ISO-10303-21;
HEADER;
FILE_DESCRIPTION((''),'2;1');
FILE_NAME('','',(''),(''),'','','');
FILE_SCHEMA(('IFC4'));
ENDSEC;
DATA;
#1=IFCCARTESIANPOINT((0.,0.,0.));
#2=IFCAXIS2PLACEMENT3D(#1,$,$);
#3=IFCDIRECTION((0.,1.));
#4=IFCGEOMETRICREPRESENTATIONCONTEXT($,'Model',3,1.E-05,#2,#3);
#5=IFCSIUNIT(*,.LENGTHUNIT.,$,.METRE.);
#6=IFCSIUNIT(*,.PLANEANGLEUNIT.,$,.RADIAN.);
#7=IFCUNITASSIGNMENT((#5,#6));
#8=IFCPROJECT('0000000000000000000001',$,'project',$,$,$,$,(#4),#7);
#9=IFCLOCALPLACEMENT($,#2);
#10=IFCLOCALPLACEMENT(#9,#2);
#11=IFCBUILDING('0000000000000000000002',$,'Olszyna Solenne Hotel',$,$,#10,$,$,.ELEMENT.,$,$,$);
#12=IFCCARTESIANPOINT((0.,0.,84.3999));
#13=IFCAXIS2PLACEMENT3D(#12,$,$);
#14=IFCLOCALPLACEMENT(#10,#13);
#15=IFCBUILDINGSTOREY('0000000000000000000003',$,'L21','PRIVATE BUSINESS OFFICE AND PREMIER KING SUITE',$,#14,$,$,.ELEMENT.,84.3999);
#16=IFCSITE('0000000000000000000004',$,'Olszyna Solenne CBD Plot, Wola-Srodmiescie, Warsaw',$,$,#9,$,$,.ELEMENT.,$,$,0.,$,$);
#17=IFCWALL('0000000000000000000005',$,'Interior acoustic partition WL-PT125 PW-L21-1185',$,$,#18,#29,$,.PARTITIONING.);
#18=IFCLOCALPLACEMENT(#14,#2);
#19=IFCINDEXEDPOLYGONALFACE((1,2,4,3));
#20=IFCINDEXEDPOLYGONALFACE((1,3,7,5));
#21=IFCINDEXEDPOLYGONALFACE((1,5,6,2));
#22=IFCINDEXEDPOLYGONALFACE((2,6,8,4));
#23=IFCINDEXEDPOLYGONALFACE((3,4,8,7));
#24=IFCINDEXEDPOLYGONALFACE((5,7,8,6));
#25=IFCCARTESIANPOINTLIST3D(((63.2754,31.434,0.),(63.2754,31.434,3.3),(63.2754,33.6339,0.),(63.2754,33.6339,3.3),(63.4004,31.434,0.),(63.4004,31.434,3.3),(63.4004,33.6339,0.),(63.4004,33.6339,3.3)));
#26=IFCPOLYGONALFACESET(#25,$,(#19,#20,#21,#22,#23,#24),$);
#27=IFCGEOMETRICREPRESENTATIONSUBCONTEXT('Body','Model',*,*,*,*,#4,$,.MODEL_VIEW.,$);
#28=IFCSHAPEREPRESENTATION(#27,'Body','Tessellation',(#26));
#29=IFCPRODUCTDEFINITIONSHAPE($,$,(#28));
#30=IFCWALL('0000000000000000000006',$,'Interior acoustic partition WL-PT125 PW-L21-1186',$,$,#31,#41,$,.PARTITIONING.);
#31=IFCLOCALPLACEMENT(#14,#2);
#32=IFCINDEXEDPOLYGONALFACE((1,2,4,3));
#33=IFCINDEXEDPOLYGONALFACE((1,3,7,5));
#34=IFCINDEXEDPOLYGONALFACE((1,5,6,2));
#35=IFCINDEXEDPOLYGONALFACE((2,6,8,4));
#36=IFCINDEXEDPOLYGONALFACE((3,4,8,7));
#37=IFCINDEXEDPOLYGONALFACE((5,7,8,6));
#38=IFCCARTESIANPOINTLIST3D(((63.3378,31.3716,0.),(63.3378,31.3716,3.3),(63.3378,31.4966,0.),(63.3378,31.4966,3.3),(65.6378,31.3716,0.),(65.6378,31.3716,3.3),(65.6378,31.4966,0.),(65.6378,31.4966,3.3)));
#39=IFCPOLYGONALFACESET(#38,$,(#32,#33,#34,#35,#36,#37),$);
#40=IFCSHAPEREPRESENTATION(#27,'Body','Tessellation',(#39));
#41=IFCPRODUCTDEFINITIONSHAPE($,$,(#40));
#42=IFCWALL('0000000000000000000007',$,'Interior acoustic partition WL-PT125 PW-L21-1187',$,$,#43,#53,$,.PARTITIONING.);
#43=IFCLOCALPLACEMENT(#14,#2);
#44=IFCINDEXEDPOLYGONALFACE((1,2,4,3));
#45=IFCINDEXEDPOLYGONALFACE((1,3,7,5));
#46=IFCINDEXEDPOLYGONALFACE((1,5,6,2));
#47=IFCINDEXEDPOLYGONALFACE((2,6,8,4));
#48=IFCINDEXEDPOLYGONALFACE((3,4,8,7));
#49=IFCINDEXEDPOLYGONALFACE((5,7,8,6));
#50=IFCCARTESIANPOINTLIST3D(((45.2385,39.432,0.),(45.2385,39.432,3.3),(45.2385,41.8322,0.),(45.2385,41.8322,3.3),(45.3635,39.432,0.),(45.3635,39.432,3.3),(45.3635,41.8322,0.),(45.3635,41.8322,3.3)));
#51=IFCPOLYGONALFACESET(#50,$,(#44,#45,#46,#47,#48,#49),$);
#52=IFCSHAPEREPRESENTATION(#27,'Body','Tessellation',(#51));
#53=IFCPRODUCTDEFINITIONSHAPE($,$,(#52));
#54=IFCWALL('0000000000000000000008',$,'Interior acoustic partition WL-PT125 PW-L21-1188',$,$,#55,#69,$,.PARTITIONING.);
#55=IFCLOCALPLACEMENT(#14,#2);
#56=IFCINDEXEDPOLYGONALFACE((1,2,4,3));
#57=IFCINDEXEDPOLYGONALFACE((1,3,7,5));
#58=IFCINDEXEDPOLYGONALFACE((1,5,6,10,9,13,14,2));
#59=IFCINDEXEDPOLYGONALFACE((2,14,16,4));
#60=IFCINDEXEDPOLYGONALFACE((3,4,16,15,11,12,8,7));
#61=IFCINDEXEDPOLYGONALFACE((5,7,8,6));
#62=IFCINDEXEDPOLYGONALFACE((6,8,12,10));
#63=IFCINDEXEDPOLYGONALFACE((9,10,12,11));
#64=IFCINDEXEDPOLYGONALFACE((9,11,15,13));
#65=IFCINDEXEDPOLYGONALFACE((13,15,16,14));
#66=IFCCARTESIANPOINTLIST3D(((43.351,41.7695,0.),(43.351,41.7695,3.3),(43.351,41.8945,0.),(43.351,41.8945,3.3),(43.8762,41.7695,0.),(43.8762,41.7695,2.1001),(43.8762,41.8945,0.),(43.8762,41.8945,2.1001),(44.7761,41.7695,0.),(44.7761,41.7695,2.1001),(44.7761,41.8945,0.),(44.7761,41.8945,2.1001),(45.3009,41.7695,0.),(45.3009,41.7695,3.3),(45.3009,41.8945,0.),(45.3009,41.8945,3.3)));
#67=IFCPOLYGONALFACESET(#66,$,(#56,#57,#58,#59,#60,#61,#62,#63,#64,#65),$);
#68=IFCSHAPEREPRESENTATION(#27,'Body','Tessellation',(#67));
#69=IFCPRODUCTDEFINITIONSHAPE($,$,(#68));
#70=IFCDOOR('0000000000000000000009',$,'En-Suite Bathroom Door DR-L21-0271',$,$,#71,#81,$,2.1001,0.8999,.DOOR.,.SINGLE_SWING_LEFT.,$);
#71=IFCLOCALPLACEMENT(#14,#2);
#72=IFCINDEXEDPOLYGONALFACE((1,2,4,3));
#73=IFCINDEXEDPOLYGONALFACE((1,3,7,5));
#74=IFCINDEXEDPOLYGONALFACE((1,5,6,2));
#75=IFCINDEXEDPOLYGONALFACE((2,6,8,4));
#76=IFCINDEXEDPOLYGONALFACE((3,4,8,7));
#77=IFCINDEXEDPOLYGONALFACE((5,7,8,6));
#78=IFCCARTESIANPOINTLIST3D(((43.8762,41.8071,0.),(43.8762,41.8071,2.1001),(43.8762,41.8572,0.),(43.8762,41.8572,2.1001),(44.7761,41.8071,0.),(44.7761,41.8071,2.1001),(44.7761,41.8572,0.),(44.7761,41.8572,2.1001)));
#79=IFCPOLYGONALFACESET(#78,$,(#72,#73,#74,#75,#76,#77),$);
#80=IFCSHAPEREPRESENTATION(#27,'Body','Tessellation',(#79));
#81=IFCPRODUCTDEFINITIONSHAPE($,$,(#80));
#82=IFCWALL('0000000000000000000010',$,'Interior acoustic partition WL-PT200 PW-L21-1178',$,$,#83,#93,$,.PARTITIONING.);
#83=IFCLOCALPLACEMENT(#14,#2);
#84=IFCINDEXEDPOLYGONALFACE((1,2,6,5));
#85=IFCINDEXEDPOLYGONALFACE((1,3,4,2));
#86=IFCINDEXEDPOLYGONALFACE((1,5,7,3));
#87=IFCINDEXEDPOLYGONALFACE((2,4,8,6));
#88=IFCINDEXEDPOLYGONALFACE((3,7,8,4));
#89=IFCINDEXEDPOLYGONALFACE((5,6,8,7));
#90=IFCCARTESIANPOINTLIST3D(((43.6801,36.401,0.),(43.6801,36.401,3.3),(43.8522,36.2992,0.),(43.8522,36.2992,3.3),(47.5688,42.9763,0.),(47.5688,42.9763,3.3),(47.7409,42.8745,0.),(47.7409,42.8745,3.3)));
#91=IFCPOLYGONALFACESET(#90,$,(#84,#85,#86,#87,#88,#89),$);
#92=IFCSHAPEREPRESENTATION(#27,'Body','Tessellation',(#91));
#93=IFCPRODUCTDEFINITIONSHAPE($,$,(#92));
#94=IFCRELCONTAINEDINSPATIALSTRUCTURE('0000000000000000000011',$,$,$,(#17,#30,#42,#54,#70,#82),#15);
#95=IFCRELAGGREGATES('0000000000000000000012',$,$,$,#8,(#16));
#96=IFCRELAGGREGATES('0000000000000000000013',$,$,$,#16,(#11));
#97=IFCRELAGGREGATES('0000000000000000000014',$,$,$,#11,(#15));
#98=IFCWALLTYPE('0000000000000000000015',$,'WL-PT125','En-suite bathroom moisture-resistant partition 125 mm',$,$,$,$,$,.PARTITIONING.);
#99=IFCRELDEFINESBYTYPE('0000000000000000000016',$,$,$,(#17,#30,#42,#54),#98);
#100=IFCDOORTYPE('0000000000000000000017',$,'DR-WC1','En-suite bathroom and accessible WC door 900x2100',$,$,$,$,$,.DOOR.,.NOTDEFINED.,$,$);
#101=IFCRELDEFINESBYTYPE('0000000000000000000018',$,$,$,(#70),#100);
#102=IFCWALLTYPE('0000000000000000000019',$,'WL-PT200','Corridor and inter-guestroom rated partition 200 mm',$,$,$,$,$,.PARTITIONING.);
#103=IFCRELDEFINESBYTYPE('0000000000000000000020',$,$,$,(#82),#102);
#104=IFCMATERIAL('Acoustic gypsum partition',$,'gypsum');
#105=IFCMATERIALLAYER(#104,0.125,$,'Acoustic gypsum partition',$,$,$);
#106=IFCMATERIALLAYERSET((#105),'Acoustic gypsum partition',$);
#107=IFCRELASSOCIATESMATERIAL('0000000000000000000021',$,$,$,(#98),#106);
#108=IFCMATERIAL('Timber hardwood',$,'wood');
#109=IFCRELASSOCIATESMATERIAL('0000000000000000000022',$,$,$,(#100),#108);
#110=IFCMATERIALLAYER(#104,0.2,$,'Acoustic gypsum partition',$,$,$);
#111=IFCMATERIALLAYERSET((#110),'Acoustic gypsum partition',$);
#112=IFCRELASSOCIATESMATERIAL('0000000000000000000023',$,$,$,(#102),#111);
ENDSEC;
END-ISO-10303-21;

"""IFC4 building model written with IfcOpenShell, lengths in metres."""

from ifc_helpers import new_model, si_unit, direction, frame, frame_2d, origin, place, context, subcontext, project, spatial, rectangle, extrude, source, transform, mapped, material, layer, layer_set, type_object, type_shapes, element, fill, save


model = new_model("IFC4")

# Units and contexts
model_context = context("Model", 3, precision=1e-05, world=origin(), true_north=direction((0.0, 1.0)))
body_context = subcontext(model_context, "Body", "Model", "MODEL_VIEW")
ifc_project = project(units=[si_unit("LENGTHUNIT", "METRE"), si_unit("PLANEANGLEUNIT", "RADIAN")], contexts=[model_context])

# Site, building, storey
site_placement = place(None, origin())
site = spatial("IfcSite", under=ifc_project, at=site_placement, Name="Olszyna Solenne CBD Plot, Wola-Srodmiescie, Warsaw", CompositionType="ELEMENT", RefElevation=0.0)
building_placement = place(site_placement, origin())
building = spatial("IfcBuilding", under=site, at=building_placement, Name="Olszyna Solenne Hotel", CompositionType="ELEMENT")
storey_placement = place(building_placement, frame((0.0, 0.0, 84.3999)))
storey = spatial("IfcBuildingStorey", under=building, at=storey_placement, Name="L21", Description="PRIVATE BUSINESS OFFICE AND PREMIER KING SUITE", CompositionType="ELEMENT", Elevation=84.3999)

# Shared definitions
ifc_material_1 = material(Name="Timber hardwood", Category="wood")

# Shared definitions
ifc_material_2 = material(Name="Acoustic gypsum partition", Category="gypsum")
ifc_layer_1 = layer(ifc_material_2, 0.125, Name="Acoustic gypsum partition")
ifc_layer_set_1 = layer_set([ifc_layer_1], Name="Acoustic gypsum partition")
wall_type_1 = type_object("IfcWallType", Name="WL-PT125", Description="En-suite bathroom moisture-resistant partition 125 mm", PredefinedType="PARTITIONING", material=ifc_layer_set_1)
door_type_1 = type_object("IfcDoorType", Name="DR-WC1", Description="En-suite bathroom and accessible WC door 900x2100", OperationType="NOTDEFINED", PredefinedType="DOOR", material=ifc_material_1)
shared_shape_1 = source(origin(), body_context, "Body", "SweptSolid", [
    extrude(rectangle(XDim=0.8999, YDim=2.1001, at=frame_2d((0.45, 1.05))), frame((0.0, 0.0249, 0.0), z_axis=(0.0, -1.0, 0.0), x_axis=(1.0, 0.0, 0.0)), (0.0, 0.0, 1.0), 0.05),
])
type_shapes(door_type_1, [shared_shape_1])

# Walls
wall_1_placement = place(storey_placement, frame((63.3379, 33.634, 0.0), z_axis=(0.0, 0.0, 1.0), x_axis=(0.0, -1.0, 0.0)))
element("IfcWall", 1, at=wall_1_placement, inside=storey, type_object=wall_type_1, Name="Interior acoustic partition WL-PT125 PW-L21-1185", PredefinedType="PARTITIONING", context=body_context, shape_type="SweptSolid", body=[
    extrude(rectangle(XDim=2.2, YDim=0.125, at=frame_2d((1.1001, 0.0))), origin(), (0.0, 0.0, 1.0), 3.3),
])
wall_2_placement = place(storey_placement, frame((63.3379, 31.4341, 0.0), z_axis=(0.0, 0.0, 1.0), x_axis=(1.0, 0.0, 0.0)))
element("IfcWall", 2, at=wall_2_placement, inside=storey, type_object=wall_type_1, Name="Interior acoustic partition WL-PT125 PW-L21-1186", PredefinedType="PARTITIONING", context=body_context, shape_type="SweptSolid", body=[
    extrude(rectangle(XDim=2.3, YDim=0.125, at=frame_2d((1.1499, 0.0))), origin(), (0.0, 0.0, 1.0), 3.3),
])
wall_3_placement = place(storey_placement, frame((45.301, 39.4319, 0.0), z_axis=(0.0, 0.0, 1.0), x_axis=(0.0, 1.0, 0.0)))
element("IfcWall", 3, at=wall_3_placement, inside=storey, type_object=wall_type_1, Name="Interior acoustic partition WL-PT125 PW-L21-1187", PredefinedType="PARTITIONING", context=body_context, shape_type="SweptSolid", body=[
    extrude(rectangle(XDim=2.4001, YDim=0.125, at=frame_2d((1.2002, 0.0))), origin(), (0.0, 0.0, 1.0), 3.3),
])

# Wall, opening, door
wall_4_placement = place(storey_placement, frame((45.301, 41.832, 0.0), z_axis=(0.0, 0.0, 1.0), x_axis=(-1.0, 0.0, 0.0)))
wall_4 = element("IfcWall", 4, at=wall_4_placement, inside=storey, type_object=wall_type_1, Name="Interior acoustic partition WL-PT125 PW-L21-1188", PredefinedType="PARTITIONING", context=body_context, shape_type="SweptSolid", body=[
    extrude(rectangle(XDim=1.95, YDim=0.125, at=frame_2d((0.9751, 0.0))), origin(), (0.0, 0.0, 1.0), 3.3),
])
opening_1_placement = place(wall_4_placement, frame((0.5249, 0.0, 0.0)))
opening_1 = element("IfcOpeningElement", 5, at=opening_1_placement, cuts=wall_4, PredefinedType="OPENING", context=body_context, shape_type="SweptSolid", body=[
    extrude(rectangle(XDim=0.8999, YDim=2.1001, at=frame_2d((0.45, 1.05))), frame((0.0, 0.0725, 0.0), z_axis=(0.0, -1.0, 0.0), x_axis=(1.0, 0.0, 0.0)), (0.0, 0.0, 1.0), 0.145),
])
door_1_placement = place(opening_1_placement, origin())
door_1 = element("IfcDoor", 6, at=door_1_placement, inside=storey, type_object=door_type_1, Name="En-Suite Bathroom Door DR-L21-0271", OperationType="SINGLE_SWING_LEFT", OverallHeight=2.1001, OverallWidth=0.8999, PredefinedType="DOOR", context=body_context, shape_type="MappedRepresentation", body=[
    mapped(shared_shape_1, transform((0.0, 0.0, 0.0), x_axis=(1.0, 0.0, 0.0), y_axis=(0.0, 1.0, 0.0), z_axis=(0.0, 0.0, 1.0), scale=1.0)),
])
fill(opening_1, door_1)

# Wall
ifc_layer_2 = layer(ifc_material_2, 0.2, Name="Acoustic gypsum partition")
ifc_layer_set_2 = layer_set([ifc_layer_2], Name="Acoustic gypsum partition")
wall_type_2 = type_object("IfcWallType", Name="WL-PT200", Description="Corridor and inter-guestroom rated partition 200 mm", PredefinedType="PARTITIONING", material=ifc_layer_set_2)
wall_5_placement = place(storey_placement, frame((43.7661, 36.3501, 0.0), z_axis=(0.0, 0.0, 1.0), x_axis=(0.509052, 0.860736, 0.0)))
element("IfcWall", 7, at=wall_5_placement, inside=storey, type_object=wall_type_2, Name="Interior acoustic partition WL-PT200 PW-L21-1178", PredefinedType="PARTITIONING", context=body_context, shape_type="SweptSolid", body=[
    extrude(rectangle(XDim=7.6392, YDim=0.2, at=frame_2d((3.8196, 0.0))), origin(), (0.0, 0.0, 1.0), 3.3),
])

save(model, "model.ifc")
